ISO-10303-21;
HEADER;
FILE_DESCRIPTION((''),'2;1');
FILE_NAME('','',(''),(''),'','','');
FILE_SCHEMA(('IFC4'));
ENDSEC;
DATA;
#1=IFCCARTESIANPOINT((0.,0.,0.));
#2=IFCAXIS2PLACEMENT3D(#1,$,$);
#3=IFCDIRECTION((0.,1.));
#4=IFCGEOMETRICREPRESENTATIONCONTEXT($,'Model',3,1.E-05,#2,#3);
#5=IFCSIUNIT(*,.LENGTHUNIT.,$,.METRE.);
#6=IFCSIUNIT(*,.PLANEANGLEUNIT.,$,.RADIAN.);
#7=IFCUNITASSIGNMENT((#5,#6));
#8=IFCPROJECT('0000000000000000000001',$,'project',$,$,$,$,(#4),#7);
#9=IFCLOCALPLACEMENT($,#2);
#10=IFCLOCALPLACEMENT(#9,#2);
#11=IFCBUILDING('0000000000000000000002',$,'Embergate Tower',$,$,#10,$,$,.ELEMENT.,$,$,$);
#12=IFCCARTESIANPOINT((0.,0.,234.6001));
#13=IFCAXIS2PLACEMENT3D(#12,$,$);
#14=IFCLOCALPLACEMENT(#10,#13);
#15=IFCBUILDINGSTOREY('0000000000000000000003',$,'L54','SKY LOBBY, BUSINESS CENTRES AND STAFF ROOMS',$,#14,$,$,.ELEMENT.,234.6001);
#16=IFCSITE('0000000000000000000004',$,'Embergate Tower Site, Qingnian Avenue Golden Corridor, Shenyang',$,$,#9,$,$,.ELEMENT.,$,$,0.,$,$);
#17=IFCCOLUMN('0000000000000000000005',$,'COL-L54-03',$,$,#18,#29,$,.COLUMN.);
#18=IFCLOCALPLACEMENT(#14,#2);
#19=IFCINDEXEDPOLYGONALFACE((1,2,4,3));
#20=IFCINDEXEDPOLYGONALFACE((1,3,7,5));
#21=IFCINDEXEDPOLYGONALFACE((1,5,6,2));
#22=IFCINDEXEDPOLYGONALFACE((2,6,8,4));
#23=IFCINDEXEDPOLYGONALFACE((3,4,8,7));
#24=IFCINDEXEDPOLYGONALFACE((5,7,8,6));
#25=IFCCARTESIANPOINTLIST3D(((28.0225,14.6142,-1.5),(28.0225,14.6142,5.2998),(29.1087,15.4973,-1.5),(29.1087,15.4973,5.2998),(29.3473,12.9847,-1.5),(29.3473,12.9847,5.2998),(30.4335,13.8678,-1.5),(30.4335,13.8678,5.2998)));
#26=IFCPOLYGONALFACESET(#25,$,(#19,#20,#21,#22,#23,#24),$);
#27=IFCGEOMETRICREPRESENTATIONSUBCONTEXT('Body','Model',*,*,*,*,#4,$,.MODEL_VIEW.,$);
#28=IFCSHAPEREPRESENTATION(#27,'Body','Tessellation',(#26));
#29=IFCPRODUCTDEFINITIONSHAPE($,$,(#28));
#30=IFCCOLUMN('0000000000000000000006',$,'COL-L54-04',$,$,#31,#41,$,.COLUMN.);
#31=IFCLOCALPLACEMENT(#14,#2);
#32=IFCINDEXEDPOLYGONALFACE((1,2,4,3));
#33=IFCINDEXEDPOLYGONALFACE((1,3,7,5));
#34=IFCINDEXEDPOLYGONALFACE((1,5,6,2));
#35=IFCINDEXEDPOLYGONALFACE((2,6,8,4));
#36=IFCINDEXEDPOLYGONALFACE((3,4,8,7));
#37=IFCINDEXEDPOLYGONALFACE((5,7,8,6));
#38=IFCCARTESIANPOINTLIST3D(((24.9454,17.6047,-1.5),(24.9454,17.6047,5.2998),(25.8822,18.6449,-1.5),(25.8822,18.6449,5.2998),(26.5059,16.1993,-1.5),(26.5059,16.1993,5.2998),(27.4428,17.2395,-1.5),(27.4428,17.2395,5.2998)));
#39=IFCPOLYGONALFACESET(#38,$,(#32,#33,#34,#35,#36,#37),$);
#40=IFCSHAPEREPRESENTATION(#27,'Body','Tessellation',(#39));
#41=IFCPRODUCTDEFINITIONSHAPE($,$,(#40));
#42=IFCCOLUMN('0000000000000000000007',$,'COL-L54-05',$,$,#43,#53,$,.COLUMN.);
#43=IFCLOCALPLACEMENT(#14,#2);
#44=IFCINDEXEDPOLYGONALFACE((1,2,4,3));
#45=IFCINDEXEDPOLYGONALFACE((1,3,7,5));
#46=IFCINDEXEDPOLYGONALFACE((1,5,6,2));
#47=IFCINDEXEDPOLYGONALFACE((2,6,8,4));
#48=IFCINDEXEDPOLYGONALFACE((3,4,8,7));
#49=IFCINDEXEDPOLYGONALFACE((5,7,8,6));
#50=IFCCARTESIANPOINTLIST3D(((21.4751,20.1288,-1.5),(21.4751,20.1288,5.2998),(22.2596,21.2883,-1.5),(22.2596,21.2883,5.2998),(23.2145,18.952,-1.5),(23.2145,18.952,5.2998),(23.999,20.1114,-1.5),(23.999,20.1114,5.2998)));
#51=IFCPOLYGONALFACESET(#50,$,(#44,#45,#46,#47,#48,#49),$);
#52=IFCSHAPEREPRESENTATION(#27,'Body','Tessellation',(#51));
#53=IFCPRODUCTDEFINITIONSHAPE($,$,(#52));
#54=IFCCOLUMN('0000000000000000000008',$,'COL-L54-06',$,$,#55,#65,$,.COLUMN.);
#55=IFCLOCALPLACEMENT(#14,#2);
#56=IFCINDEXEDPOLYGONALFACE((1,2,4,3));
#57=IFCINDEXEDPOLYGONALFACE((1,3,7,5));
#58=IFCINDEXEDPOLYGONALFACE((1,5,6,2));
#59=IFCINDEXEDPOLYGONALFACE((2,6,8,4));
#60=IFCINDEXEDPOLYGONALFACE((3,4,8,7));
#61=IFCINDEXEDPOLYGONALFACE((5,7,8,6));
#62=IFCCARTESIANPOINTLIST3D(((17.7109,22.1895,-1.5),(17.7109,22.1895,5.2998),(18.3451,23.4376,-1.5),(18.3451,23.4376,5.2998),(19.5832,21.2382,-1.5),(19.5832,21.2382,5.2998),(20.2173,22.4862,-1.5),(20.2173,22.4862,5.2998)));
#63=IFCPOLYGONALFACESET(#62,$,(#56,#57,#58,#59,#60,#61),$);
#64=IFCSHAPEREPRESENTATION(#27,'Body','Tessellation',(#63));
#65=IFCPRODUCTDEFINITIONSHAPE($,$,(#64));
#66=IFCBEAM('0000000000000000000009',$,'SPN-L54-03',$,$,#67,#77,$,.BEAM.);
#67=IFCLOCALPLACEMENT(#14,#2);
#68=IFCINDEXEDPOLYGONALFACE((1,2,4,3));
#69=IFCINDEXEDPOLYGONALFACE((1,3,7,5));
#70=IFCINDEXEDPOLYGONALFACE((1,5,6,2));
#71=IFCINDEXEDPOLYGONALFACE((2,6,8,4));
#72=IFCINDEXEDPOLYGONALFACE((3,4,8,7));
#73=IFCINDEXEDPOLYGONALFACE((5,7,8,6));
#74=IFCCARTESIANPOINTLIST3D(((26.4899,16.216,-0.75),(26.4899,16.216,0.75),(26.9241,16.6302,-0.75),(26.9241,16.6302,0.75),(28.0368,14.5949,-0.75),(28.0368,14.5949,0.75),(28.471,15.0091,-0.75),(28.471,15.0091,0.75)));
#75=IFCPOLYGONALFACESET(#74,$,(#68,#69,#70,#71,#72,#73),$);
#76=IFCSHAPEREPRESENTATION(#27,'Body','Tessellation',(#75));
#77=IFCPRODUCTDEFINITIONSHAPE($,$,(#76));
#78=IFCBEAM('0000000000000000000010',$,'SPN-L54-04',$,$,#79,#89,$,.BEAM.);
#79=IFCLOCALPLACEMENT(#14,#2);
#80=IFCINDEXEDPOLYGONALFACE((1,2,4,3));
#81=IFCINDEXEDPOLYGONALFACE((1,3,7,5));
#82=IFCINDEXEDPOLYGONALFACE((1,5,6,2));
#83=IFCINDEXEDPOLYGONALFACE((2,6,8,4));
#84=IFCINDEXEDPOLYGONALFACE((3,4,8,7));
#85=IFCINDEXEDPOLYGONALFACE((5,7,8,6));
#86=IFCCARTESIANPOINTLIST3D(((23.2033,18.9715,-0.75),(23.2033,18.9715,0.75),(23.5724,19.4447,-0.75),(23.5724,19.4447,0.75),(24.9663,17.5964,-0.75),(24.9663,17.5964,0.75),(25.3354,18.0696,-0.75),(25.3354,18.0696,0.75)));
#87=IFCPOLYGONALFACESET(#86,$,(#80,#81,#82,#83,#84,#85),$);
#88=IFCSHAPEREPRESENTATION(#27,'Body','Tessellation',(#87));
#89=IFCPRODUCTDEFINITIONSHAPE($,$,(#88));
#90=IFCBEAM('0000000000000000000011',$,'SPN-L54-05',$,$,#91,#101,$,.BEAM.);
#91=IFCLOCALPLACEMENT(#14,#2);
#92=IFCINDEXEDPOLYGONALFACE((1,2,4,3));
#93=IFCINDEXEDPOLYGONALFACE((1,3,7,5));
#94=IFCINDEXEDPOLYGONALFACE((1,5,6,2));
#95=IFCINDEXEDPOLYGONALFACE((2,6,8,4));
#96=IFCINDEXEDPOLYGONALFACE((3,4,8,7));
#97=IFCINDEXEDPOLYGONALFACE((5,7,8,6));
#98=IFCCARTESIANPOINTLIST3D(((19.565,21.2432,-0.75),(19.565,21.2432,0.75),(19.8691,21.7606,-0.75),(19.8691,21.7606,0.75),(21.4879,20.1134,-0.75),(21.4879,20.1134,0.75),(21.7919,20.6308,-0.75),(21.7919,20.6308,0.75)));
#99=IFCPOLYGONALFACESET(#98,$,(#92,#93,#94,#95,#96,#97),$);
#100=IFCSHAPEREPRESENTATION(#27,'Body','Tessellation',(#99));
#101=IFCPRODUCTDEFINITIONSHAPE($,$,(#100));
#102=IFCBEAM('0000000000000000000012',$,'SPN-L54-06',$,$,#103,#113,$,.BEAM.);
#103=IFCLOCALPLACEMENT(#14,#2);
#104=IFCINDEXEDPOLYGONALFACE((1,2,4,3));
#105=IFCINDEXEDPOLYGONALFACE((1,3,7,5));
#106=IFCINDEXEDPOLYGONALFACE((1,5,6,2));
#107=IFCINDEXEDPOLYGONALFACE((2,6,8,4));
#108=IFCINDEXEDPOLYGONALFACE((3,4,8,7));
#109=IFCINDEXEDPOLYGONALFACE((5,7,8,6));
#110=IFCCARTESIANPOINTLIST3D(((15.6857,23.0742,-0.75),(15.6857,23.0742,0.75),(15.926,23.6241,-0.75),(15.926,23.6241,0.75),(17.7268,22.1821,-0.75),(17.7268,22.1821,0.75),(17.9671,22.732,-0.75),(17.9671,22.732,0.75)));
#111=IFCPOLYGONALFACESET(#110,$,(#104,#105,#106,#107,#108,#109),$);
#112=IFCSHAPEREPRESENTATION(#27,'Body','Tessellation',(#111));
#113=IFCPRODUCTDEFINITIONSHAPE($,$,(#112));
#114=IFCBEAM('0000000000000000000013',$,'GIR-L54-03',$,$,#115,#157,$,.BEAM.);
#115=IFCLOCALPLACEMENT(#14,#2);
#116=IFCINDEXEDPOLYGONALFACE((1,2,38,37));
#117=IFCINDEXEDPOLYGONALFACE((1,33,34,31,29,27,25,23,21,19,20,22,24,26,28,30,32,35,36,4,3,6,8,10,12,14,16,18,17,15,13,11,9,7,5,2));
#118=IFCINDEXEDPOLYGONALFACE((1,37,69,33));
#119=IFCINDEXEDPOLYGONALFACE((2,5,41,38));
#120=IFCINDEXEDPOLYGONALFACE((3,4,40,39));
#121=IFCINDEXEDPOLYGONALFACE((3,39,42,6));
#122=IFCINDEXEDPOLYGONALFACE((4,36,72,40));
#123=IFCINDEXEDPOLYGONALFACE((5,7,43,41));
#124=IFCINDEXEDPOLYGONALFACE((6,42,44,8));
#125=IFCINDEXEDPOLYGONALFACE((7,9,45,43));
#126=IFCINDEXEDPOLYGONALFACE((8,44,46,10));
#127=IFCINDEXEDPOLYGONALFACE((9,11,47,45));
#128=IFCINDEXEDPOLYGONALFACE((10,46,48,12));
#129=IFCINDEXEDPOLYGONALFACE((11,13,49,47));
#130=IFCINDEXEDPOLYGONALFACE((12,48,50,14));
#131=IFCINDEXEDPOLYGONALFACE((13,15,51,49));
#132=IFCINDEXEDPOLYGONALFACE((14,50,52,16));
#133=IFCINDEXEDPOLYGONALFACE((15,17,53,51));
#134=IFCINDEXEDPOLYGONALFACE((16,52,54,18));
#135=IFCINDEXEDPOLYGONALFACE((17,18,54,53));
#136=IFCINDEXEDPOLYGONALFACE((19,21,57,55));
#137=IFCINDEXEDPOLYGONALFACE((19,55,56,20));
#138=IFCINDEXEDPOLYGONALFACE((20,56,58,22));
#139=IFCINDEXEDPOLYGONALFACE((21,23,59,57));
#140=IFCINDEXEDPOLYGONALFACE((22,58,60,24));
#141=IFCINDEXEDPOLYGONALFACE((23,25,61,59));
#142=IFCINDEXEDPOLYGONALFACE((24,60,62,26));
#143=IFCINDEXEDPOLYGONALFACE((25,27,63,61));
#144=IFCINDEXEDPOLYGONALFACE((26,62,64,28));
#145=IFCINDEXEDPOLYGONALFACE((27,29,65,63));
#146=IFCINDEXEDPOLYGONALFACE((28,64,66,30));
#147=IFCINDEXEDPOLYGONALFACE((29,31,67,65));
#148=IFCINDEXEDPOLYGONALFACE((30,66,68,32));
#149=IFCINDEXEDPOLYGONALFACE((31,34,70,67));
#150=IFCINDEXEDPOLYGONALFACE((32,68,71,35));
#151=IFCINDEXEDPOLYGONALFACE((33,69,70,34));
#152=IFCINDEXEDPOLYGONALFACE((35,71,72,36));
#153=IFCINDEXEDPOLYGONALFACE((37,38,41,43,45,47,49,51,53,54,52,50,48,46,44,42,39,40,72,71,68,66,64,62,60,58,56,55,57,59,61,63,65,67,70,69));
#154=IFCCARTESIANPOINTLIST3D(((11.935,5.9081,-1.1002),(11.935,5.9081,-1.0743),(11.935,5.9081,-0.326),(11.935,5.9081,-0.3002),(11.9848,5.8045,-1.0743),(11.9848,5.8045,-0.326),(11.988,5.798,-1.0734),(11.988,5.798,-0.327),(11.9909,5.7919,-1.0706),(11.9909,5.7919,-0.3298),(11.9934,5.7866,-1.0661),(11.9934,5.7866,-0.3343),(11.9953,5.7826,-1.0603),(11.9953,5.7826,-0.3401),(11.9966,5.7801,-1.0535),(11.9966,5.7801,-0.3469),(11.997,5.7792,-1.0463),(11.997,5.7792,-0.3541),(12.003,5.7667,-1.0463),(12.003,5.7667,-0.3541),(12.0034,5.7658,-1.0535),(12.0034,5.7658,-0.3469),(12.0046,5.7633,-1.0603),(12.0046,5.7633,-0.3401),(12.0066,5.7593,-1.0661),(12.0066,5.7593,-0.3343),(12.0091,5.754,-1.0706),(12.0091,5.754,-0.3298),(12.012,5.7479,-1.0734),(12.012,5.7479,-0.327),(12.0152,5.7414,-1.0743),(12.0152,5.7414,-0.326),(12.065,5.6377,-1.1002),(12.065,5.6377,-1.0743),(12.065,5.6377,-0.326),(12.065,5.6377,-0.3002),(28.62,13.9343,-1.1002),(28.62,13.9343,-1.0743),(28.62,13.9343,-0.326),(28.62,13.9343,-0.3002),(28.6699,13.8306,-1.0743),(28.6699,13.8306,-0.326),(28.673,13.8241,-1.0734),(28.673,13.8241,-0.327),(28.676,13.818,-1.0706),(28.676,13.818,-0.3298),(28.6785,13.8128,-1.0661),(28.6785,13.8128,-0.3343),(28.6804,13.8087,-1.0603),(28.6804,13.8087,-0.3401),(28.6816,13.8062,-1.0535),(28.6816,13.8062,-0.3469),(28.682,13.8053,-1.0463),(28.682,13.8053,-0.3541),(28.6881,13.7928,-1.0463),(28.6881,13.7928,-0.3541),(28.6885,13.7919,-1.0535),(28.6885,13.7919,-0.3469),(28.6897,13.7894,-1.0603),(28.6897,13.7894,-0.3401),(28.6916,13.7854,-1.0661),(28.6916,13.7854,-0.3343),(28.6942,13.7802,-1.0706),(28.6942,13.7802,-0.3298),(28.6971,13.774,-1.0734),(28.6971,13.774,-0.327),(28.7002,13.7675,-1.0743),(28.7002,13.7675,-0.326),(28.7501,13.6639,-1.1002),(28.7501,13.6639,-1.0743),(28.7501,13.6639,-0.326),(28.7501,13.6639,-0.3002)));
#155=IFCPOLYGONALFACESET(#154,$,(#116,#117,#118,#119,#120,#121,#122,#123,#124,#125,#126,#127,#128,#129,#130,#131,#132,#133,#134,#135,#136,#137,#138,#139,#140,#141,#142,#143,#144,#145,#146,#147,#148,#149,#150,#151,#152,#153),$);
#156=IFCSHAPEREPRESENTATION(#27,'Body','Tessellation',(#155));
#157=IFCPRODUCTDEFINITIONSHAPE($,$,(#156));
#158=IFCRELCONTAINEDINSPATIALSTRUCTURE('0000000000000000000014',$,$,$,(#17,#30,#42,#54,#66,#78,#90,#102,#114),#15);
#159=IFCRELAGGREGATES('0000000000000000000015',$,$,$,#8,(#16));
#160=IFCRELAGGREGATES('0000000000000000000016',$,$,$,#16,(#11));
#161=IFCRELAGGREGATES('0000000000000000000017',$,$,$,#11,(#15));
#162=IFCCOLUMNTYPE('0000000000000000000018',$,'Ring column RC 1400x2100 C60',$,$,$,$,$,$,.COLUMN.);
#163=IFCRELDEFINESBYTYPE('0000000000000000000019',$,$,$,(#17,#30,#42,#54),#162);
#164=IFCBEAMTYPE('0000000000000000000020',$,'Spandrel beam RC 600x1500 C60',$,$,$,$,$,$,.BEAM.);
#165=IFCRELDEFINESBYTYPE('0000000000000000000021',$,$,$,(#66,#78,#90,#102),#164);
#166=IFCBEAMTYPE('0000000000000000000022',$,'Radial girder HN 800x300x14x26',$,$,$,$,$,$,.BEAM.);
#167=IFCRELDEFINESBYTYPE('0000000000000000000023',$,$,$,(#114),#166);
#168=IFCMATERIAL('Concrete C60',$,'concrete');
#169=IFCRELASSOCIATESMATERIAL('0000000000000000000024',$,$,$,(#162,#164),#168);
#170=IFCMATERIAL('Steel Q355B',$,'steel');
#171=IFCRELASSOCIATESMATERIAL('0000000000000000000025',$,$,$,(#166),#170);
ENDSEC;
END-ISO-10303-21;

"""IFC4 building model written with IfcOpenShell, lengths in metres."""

from ifc_helpers import new_model, si_unit, direction, frame, origin, origin_2d, place, context, subcontext, project, spatial, rectangle, i_section, extrude, source, transform, mapped, material, material_profile, profile_set, type_object, element, save


model = new_model("IFC4")

# Units and contexts
model_context = context("Model", 3, precision=1e-05, world=origin(), true_north=direction((0.0, 1.0)))
body_context = subcontext(model_context, "Body", "Model", "MODEL_VIEW")
ifc_project = project(units=[si_unit("LENGTHUNIT", "METRE"), si_unit("PLANEANGLEUNIT", "RADIAN")], contexts=[model_context])

# Site, building, storey
site_placement = place(None, origin())
site = spatial("IfcSite", under=ifc_project, at=site_placement, Name="Embergate Tower Site, Qingnian Avenue Golden Corridor, Shenyang", CompositionType="ELEMENT", RefElevation=0.0)
building_placement = place(site_placement, origin())
building = spatial("IfcBuilding", under=site, at=building_placement, Name="Embergate Tower", CompositionType="ELEMENT")
storey_placement = place(building_placement, frame((0.0, 0.0, 234.6001)))
storey = spatial("IfcBuildingStorey", under=building, at=storey_placement, Name="L54", Description="SKY LOBBY, BUSINESS CENTRES AND STAFF ROOMS", CompositionType="ELEMENT", Elevation=234.6001)

# Columns
ifc_material_1 = material(Name="Concrete C60", Category="concrete")
ifc_material_profile_1 = material_profile(ifc_material_1, rectangle(XDim=1.3999, YDim=2.1001, at=origin_2d()), Name="RC 1400x2100")
ifc_profile_set_1 = profile_set([ifc_material_profile_1], Name="Concrete C60")
column_type = type_object("IfcColumnType", Name="Ring column RC 1400x2100 C60", PredefinedType="COLUMN", material=ifc_profile_set_1)
shared_shape_1 = source(origin(), body_context, "Body", "SweptSolid", [
    extrude(rectangle(XDim=1.3999, YDim=2.1001, at=origin_2d()), origin(), (0.0, 0.0, 1.0), 6.7998),
])
for number, where, z_axis, x_axis, name in (
    (1, (29.228, 14.241, -1.5), (0.0, 0.0, 1.0), (0.775914, 0.630838, 0.0), "COL-L54-03"),
    (2, (26.1941, 17.4221, -1.5), (0.0, 0.0, 1.0), (0.669208, 0.743075, 0.0), "COL-L54-04"),
    (3, (22.7371, 20.1201, -1.5), (0.0, 0.0, 1.0), (0.560379, 0.828236, 0.0), "COL-L54-05"),
    (4, (18.9641, 22.3379, -1.5), (0.0, 0.0, 1.0), (0.452995, 0.891513, 0.0), "COL-L54-06"),
):
    element("IfcColumn", number, at=place(storey_placement, frame(where, z_axis=z_axis, x_axis=x_axis)), inside=storey, type_object=column_type, Name=name, PredefinedType="COLUMN", context=body_context, shape_type="MappedRepresentation", body=[
        mapped(shared_shape_1, transform((0.0, 0.0, 0.0))),
    ])

# Beams
ifc_material_profile_2 = material_profile(ifc_material_1, rectangle(XDim=0.6001, YDim=1.5, at=origin_2d()), Name="RC 600x1500")
ifc_profile_set_2 = profile_set([ifc_material_profile_2], Name="Concrete C60")
beam_type_1 = type_object("IfcBeamType", Name="Spandrel beam RC 600x1500 C60", PredefinedType="BEAM", material=ifc_profile_set_2)
shared_shape_2 = source(origin(), body_context, "Body", "SweptSolid", [
    extrude(rectangle(XDim=0.6001, YDim=1.5, at=origin_2d()), origin(), (0.0, 0.0, 1.0), 2.2407),
])
beam_1_placement = place(storey_placement, frame((28.2539, 14.802, 0.0), z_axis=(-0.690351, 0.723474, 0.0), x_axis=(-0.723474, -0.690351, 0.0)))
element("IfcBeam", 5, at=beam_1_placement, inside=storey, type_object=beam_type_1, Name="SPN-L54-03", PredefinedType="BEAM", context=body_context, shape_type="MappedRepresentation", body=[
    mapped(shared_shape_2, transform((0.0, 0.0, 0.0))),
])
shared_shape_3 = source(origin(), body_context, "Body", "SweptSolid", [
    extrude(rectangle(XDim=0.6001, YDim=1.5, at=origin_2d()), origin(), (0.0, 0.0, 1.0), 2.2358),
])
beam_2_placement = place(storey_placement, frame((25.1509, 17.833, 0.0), z_axis=(-0.788522, 0.615006, 0.0), x_axis=(-0.615006, -0.788522, 0.0)))
element("IfcBeam", 6, at=beam_2_placement, inside=storey, type_object=beam_type_1, Name="SPN-L54-04", PredefinedType="BEAM", context=body_context, shape_type="MappedRepresentation", body=[
    mapped(shared_shape_3, transform((0.0, 0.0, 0.0))),
])
shared_shape_4 = source(origin(), body_context, "Body", "SweptSolid", [
    extrude(rectangle(XDim=0.6001, YDim=1.5, at=origin_2d()), origin(), (0.0, 0.0, 1.0), 2.2302),
])
beam_3_placement = place(storey_placement, frame((21.6399, 20.3721, 0.0), z_axis=(-0.862171, 0.506618, 0.0), x_axis=(-0.506618, -0.862171, 0.0)))
element("IfcBeam", 7, at=beam_3_placement, inside=storey, type_object=beam_type_1, Name="SPN-L54-05", PredefinedType="BEAM", context=body_context, shape_type="MappedRepresentation", body=[
    mapped(shared_shape_4, transform((0.0, 0.0, 0.0))),
])
shared_shape_5 = source(origin(), body_context, "Body", "SweptSolid", [
    extrude(rectangle(XDim=0.6001, YDim=1.5, at=origin_2d()), origin(), (0.0, 0.0, 1.0), 2.2275),
])
beam_4_placement = place(storey_placement, frame((17.8469, 22.457, 0.0), z_axis=(-0.916298, 0.400497, 0.0), x_axis=(-0.400497, -0.916298, 0.0)))
element("IfcBeam", 8, at=beam_4_placement, inside=storey, type_object=beam_type_1, Name="SPN-L54-06", PredefinedType="BEAM", context=body_context, shape_type="MappedRepresentation", body=[
    mapped(shared_shape_5, transform((0.0, 0.0, 0.0))),
])
ifc_material_2 = material(Name="Steel Q355B", Category="steel")
ifc_material_profile_3 = material_profile(ifc_material_2, i_section(OverallWidth=0.3, OverallDepth=0.8, WebThickness=0.0139, FlangeThickness=0.0259, FilletRadius=0.0281, at=origin_2d()), Name="HN 800x300x14x26")
ifc_profile_set_3 = profile_set([ifc_material_profile_3], Name="Steel Q355 grade B")
beam_type_2 = type_object("IfcBeamType", Name="Radial girder HN 800x300x14x26", PredefinedType="BEAM", material=ifc_profile_set_3)
shared_shape_6 = source(origin(), body_context, "Body", "SweptSolid", [
    extrude(i_section(OverallWidth=0.3, OverallDepth=0.8, WebThickness=0.0139, FlangeThickness=0.0259, FilletRadius=0.0281, at=origin_2d()), origin(), (0.0, 0.0, 1.0), 18.5151),
])
beam_5_placement = place(storey_placement, frame((28.6851, 13.7991, -0.7002), z_axis=(-0.901158, -0.43349, 0.0), x_axis=(0.43349, -0.901158, 0.0)))
element("IfcBeam", 9, at=beam_5_placement, inside=storey, type_object=beam_type_2, Name="GIR-L54-03", PredefinedType="BEAM", context=body_context, shape_type="MappedRepresentation", body=[
    mapped(shared_shape_6, transform((0.0, 0.0, 0.0))),
])

save(model, "model.ifc")
